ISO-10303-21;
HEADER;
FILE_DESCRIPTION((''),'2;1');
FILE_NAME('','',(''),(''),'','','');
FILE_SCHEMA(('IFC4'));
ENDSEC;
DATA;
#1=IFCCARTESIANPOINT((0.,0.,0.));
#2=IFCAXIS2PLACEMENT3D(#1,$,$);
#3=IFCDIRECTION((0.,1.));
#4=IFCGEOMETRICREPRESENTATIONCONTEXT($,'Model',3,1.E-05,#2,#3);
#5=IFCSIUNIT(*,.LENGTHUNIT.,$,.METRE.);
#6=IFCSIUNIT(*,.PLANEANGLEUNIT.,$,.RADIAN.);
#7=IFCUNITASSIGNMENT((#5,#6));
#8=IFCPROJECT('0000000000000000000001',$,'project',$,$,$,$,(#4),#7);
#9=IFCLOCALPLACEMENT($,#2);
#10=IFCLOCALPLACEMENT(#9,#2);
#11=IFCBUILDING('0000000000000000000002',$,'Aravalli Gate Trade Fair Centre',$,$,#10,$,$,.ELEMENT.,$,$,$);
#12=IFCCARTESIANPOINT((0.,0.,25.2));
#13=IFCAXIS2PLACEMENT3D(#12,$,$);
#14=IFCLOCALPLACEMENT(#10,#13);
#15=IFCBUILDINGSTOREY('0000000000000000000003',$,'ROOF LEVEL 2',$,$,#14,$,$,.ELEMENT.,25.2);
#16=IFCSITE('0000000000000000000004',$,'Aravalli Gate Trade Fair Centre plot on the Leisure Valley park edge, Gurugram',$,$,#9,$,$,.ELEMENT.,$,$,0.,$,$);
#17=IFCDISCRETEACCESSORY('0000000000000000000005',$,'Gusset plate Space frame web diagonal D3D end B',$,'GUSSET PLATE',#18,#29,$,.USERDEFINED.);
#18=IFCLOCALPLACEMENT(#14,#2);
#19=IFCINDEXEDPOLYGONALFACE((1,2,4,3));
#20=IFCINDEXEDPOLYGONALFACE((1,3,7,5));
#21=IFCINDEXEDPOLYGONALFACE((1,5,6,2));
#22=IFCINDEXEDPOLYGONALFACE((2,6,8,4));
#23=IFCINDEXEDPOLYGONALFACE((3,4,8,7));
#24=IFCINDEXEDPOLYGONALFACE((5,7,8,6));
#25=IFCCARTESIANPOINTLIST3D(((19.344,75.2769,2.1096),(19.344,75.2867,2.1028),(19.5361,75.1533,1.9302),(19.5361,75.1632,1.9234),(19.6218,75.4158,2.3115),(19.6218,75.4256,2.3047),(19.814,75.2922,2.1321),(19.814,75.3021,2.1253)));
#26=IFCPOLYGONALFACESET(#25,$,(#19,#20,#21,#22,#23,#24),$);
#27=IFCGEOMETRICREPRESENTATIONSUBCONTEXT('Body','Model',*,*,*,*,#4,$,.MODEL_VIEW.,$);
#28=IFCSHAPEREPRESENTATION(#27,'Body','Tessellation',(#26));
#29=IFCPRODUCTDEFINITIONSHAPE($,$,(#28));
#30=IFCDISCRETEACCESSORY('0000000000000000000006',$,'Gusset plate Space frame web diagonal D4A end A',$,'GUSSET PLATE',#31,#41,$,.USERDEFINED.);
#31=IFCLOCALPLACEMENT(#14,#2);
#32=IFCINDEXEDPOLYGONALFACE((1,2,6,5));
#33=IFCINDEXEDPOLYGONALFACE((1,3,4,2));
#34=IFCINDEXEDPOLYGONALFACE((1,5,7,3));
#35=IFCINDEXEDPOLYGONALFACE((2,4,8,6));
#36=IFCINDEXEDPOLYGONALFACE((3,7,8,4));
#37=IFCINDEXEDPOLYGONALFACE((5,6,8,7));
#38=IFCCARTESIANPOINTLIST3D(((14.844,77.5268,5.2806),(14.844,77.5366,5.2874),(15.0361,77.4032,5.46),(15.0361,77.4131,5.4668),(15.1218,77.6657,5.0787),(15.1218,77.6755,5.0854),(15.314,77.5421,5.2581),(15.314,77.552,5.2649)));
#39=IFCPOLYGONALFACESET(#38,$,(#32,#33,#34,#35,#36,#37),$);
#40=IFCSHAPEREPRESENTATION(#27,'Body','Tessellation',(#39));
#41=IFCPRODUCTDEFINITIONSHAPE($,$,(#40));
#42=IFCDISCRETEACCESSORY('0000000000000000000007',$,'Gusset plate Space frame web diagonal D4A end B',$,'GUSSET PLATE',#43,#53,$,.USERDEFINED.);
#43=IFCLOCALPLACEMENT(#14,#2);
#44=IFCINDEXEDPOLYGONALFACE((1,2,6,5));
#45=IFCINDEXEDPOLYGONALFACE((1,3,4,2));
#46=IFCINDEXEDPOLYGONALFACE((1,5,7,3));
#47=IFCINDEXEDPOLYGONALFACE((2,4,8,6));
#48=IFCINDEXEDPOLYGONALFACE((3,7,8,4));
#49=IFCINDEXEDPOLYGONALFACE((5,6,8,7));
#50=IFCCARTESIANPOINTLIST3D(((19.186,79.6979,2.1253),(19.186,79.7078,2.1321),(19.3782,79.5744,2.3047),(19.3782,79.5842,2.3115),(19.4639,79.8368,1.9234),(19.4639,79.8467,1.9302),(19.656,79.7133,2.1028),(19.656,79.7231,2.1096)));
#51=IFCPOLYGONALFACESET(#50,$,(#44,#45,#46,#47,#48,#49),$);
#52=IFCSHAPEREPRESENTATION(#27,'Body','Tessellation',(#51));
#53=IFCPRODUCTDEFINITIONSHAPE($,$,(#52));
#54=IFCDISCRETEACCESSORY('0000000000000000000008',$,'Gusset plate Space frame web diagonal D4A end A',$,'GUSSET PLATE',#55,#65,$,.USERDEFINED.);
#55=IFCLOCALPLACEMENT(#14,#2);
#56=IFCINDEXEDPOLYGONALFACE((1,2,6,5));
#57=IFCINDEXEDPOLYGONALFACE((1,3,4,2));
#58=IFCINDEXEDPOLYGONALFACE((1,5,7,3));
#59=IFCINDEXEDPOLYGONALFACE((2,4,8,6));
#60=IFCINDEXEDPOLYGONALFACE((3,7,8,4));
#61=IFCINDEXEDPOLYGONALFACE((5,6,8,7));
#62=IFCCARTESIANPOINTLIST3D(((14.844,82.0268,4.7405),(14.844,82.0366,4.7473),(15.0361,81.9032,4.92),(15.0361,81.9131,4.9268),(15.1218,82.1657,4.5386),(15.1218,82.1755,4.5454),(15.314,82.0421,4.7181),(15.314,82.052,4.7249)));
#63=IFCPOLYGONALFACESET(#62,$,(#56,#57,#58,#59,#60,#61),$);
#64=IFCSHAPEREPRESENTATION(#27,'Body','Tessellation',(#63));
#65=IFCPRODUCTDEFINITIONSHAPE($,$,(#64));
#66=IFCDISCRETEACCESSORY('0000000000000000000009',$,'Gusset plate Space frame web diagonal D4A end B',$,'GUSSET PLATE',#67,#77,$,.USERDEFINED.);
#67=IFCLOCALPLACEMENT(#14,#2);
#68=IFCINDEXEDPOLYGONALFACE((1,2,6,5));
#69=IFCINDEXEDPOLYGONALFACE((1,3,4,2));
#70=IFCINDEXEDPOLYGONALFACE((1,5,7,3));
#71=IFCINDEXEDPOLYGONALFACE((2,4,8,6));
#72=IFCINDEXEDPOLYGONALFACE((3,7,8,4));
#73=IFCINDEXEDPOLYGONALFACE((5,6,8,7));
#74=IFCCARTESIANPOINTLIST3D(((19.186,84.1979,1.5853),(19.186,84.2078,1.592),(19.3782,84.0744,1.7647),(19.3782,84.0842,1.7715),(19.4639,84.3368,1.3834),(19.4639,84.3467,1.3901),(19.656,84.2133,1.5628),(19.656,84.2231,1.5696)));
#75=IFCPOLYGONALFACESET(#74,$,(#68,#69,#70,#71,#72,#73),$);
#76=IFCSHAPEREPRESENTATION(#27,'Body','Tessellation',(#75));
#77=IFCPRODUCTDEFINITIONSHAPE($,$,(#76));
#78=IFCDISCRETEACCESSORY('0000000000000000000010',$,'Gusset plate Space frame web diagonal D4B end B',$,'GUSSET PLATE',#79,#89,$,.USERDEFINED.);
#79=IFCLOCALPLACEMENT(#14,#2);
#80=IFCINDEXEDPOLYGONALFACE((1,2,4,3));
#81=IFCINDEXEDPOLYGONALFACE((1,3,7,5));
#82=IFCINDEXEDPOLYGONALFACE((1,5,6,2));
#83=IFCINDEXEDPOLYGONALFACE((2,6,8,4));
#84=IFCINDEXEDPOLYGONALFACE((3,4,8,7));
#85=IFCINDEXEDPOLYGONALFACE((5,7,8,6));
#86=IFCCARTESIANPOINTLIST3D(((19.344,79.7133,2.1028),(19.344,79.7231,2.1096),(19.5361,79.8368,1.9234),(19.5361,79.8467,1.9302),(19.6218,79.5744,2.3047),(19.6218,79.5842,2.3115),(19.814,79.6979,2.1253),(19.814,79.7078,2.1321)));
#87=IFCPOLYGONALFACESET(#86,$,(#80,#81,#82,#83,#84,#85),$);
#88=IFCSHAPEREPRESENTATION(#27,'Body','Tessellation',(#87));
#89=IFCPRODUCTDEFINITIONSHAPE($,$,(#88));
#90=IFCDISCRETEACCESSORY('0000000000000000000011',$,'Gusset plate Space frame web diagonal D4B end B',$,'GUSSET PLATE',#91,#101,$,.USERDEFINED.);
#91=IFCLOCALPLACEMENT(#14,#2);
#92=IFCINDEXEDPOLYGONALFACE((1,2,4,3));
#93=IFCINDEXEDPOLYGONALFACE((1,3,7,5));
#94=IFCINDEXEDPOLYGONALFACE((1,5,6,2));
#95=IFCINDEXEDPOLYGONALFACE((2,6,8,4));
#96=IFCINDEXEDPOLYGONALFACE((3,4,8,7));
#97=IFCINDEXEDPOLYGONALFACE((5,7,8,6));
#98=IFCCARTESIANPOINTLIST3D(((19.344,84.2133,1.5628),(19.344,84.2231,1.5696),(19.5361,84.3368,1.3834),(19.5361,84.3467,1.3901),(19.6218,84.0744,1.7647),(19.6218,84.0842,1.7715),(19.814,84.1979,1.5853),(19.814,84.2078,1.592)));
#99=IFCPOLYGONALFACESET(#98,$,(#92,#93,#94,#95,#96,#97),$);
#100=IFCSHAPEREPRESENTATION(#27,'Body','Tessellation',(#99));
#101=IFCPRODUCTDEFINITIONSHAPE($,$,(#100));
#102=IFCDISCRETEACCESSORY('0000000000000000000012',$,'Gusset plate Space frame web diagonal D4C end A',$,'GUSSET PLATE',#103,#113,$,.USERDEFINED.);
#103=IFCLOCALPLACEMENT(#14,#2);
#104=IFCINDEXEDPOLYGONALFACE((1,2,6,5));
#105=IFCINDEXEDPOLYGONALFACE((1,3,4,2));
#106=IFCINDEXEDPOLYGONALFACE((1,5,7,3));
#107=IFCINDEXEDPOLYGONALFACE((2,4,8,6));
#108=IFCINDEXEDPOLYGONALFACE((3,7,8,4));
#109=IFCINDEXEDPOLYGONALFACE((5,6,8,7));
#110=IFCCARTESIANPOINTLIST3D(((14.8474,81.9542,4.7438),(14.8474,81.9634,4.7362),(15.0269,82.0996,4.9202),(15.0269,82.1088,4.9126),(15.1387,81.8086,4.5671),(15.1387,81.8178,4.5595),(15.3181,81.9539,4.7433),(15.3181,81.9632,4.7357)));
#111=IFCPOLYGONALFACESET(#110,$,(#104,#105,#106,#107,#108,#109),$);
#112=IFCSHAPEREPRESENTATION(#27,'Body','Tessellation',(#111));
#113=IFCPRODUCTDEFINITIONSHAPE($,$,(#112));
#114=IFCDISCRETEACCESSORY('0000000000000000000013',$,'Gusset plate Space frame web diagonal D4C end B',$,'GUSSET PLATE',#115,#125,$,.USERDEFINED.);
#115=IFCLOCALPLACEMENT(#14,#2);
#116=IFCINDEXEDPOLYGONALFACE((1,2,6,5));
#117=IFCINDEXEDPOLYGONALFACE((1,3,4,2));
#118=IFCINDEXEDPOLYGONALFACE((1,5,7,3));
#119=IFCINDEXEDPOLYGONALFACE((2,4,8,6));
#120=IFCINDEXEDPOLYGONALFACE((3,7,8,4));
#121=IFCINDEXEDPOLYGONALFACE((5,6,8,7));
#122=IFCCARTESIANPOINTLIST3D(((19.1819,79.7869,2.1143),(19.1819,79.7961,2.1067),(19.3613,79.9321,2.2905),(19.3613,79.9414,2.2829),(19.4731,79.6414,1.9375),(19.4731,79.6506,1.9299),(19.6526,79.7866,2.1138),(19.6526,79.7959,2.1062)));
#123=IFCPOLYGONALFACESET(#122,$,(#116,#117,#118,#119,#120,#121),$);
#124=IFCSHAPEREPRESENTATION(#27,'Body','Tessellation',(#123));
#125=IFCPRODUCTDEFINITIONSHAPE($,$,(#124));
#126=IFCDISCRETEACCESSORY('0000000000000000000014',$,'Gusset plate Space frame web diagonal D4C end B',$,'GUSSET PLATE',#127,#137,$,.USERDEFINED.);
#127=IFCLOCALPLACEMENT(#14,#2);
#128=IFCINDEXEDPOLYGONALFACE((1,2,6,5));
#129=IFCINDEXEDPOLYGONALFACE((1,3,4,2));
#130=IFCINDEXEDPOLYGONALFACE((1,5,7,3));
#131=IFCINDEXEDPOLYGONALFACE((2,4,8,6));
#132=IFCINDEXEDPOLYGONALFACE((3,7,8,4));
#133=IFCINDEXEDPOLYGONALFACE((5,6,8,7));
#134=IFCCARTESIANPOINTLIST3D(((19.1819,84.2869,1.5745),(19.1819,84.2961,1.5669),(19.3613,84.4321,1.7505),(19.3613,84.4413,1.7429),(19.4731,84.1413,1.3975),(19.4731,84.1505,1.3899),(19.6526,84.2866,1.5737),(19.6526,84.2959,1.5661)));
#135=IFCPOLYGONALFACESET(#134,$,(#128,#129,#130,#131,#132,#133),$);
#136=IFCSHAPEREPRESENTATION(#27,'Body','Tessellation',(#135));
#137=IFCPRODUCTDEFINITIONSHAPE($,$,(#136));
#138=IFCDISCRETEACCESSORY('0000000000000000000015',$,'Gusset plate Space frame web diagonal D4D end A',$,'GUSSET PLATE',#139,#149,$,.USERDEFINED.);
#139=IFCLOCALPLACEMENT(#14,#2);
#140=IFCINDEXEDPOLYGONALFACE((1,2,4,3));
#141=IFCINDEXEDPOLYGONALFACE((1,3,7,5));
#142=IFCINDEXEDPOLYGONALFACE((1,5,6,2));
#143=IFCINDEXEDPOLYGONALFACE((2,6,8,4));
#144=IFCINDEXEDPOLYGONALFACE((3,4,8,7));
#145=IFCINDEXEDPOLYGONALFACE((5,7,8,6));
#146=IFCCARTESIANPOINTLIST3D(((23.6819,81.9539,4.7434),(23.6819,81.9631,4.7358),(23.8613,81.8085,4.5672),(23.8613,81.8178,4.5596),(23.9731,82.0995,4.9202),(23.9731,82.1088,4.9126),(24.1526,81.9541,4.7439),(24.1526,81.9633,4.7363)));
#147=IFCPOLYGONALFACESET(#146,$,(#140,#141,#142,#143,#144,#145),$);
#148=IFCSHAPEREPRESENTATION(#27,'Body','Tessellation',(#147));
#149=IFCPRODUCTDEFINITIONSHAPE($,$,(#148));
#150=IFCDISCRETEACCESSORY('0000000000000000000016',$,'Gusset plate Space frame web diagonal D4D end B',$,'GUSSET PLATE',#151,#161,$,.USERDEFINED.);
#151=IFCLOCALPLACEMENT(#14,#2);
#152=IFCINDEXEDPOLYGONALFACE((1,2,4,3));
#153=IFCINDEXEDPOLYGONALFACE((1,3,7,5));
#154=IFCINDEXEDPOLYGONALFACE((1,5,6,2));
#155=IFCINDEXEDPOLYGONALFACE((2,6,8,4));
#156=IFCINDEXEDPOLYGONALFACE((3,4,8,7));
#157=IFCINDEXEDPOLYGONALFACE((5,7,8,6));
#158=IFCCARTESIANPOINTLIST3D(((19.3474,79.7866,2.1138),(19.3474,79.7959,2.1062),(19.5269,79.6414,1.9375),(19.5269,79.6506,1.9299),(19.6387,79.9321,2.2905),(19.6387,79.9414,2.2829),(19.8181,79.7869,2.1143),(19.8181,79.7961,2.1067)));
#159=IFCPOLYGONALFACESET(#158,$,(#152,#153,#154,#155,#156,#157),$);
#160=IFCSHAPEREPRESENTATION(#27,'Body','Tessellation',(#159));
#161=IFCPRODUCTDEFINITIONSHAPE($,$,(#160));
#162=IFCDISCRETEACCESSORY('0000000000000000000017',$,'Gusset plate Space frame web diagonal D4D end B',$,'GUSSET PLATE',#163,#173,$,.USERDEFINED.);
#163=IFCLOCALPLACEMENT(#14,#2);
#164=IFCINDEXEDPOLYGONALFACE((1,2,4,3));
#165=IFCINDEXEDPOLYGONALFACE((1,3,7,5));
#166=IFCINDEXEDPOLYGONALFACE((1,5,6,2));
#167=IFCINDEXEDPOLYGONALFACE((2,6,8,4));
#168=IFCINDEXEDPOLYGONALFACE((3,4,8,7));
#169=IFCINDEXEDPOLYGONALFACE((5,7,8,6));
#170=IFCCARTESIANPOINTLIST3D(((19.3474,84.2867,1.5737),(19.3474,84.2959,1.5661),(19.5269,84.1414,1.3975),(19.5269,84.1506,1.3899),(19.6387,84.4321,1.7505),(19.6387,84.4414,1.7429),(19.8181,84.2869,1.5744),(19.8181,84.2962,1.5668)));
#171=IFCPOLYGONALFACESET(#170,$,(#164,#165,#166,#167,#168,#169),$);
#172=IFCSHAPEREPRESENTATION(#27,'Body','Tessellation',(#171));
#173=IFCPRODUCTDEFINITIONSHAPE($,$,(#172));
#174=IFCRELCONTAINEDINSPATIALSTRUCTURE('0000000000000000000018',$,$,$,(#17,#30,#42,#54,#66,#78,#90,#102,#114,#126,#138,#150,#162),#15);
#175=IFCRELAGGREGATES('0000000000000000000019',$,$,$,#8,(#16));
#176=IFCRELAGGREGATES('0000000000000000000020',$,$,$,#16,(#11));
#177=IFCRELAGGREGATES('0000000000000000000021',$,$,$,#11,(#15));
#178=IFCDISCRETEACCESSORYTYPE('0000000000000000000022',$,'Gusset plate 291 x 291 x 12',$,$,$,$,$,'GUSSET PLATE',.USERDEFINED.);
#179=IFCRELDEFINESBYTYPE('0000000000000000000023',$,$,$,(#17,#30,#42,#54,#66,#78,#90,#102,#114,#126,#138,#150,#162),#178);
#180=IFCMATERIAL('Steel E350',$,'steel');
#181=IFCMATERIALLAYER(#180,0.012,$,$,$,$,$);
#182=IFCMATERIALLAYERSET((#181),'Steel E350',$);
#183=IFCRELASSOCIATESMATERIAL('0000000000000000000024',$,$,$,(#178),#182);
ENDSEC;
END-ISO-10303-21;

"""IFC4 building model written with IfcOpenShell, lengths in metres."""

from ifc_helpers import new_model, si_unit, direction, frame, origin, place, context, subcontext, project, spatial, polyline, outline, extrude, material, layer, layer_set, type_object, element, save


model = new_model("IFC4")

# Units and contexts
model_context = context("Model", 3, precision=1e-05, world=origin(), true_north=direction((0.0, 1.0)))
body_context = subcontext(model_context, "Body", "Model", "MODEL_VIEW")
ifc_project = project(units=[si_unit("LENGTHUNIT", "METRE"), si_unit("PLANEANGLEUNIT", "RADIAN")], contexts=[model_context])

# Site, building, storey
site_placement = place(None, origin())
site = spatial("IfcSite", under=ifc_project, at=site_placement, Name="Aravalli Gate Trade Fair Centre plot on the Leisure Valley park edge, Gurugram", CompositionType="ELEMENT", RefElevation=0.0)
building_placement = place(site_placement, origin())
building = spatial("IfcBuilding", under=site, at=building_placement, Name="Aravalli Gate Trade Fair Centre", CompositionType="ELEMENT")
storey_placement = place(building_placement, frame((0.0, 0.0, 25.2)))
storey = spatial("IfcBuildingStorey", under=building, at=storey_placement, Name="ROOF LEVEL 2", CompositionType="ELEMENT", Elevation=25.2)

# Shared definitions
ifc_material = material(Name="Steel E350", Category="steel")

# Discrete accessories
ifc_layer = layer(ifc_material, 0.012)
ifc_layer_set = layer_set([ifc_layer], Name="Steel E350")
discrete_accessory_type = type_object("IfcDiscreteAccessoryType", Name="Gusset plate 291 x 291 x 12", ElementType="GUSSET PLATE", PredefinedType="USERDEFINED", material=ifc_layer_set)
for number, where, z_axis, x_axis, name in (
    (1, (19.6218, 75.4158, 2.3115), (-0.000137, -0.82375, 0.566952), (-0.749929, -0.374965, -0.544984), "Gusset plate Space frame web diagonal D3D end B"),
    (2, (15.1218, 77.6755, 5.0854), (0.000137, 0.82375, 0.566952), (-0.749929, -0.374965, 0.544984), "Gusset plate Space frame web diagonal D4A end A"),
):
    element("IfcDiscreteAccessory", number, at=place(storey_placement, frame(where, z_axis=z_axis, x_axis=x_axis)), inside=storey, type_object=discrete_accessory_type, Name=name, ObjectType="GUSSET PLATE", PredefinedType="USERDEFINED", context=body_context, shape_type="SweptSolid", body=[
        extrude(outline(polyline([(0.0, 0.0), (0.3705, 0.0), (0.3705, 0.2905), (0.0, 0.2905), (0.0, 0.0)])), origin(), (0.0, 0.0, -1.0), 0.012),
    ])
discrete_accessory_1_placement = place(storey_placement, frame((19.186, 79.7078, 2.1321), z_axis=(0.000137, 0.82375, 0.566952), x_axis=(0.749929, 0.374965, -0.544984)))
element("IfcDiscreteAccessory", 3, at=discrete_accessory_1_placement, inside=storey, type_object=discrete_accessory_type, Name="Gusset plate Space frame web diagonal D4A end B", ObjectType="GUSSET PLATE", PredefinedType="USERDEFINED", context=body_context, shape_type="SweptSolid", body=[
    extrude(outline(polyline([(0.0, 0.0), (0.3705, 0.0), (0.3705, -0.2905), (0.0, -0.2905), (0.0, 0.0)])), origin(), (0.0, 0.0, -1.0), 0.012),
])
discrete_accessory_2_placement = place(storey_placement, frame((15.1218, 82.1755, 4.5454), z_axis=(0.000137, 0.82375, 0.566952), x_axis=(-0.749929, -0.374965, 0.544984)))
element("IfcDiscreteAccessory", 4, at=discrete_accessory_2_placement, inside=storey, type_object=discrete_accessory_type, Name="Gusset plate Space frame web diagonal D4A end A", ObjectType="GUSSET PLATE", PredefinedType="USERDEFINED", context=body_context, shape_type="SweptSolid", body=[
    extrude(outline(polyline([(0.0, 0.0), (0.3705, 0.0), (0.3705, 0.2905), (0.0, 0.2905), (0.0, 0.0)])), origin(), (0.0, 0.0, -1.0), 0.012),
])
discrete_accessory_3_placement = place(storey_placement, frame((19.186, 84.2078, 1.592), z_axis=(0.000137, 0.82375, 0.566952), x_axis=(0.749929, 0.374965, -0.544984)))
element("IfcDiscreteAccessory", 5, at=discrete_accessory_3_placement, inside=storey, type_object=discrete_accessory_type, Name="Gusset plate Space frame web diagonal D4A end B", ObjectType="GUSSET PLATE", PredefinedType="USERDEFINED", context=body_context, shape_type="SweptSolid", body=[
    extrude(outline(polyline([(0.0, 0.0), (0.3705, 0.0), (0.3705, -0.2905), (0.0, -0.2905), (0.0, 0.0)])), origin(), (0.0, 0.0, -1.0), 0.012),
])
for number, where, z_axis, x_axis, name in (
    (6, (19.6218, 79.5842, 2.3115), (-0.000137, 0.82375, 0.566952), (-0.749929, 0.374965, -0.544984), "Gusset plate Space frame web diagonal D4B end B"),
    (7, (19.6218, 84.0842, 1.7715), (-0.000137, 0.82375, 0.566952), (-0.749929, 0.374965, -0.544984), "Gusset plate Space frame web diagonal D4B end B"),
):
    element("IfcDiscreteAccessory", number, at=place(storey_placement, frame(where, z_axis=z_axis, x_axis=x_axis)), inside=storey, type_object=discrete_accessory_type, Name=name, ObjectType="GUSSET PLATE", PredefinedType="USERDEFINED", context=body_context, shape_type="SweptSolid", body=[
        extrude(outline(polyline([(0.0, 0.0), (0.3705, 0.0), (0.3705, -0.2905), (0.0, -0.2905), (0.0, 0.0)])), origin(), (0.0, 0.0, -1.0), 0.012),
    ])
discrete_accessory_4_placement = place(storey_placement, frame((15.1387, 81.8086, 4.5671), z_axis=(0.00026, -0.771582, 0.63613), x_axis=(-0.78619, 0.392962, 0.476956)))
element("IfcDiscreteAccessory", 8, at=discrete_accessory_4_placement, inside=storey, type_object=discrete_accessory_type, Name="Gusset plate Space frame web diagonal D4C end A", ObjectType="GUSSET PLATE", PredefinedType="USERDEFINED", context=body_context, shape_type="SweptSolid", body=[
    extrude(outline(polyline([(0.0, 0.0), (0.3705, 0.0), (0.3706, -0.2906), (0.0001, -0.2905), (0.0, 0.0)])), origin(), (0.0, 0.0, -1.0), 0.012),
])
discrete_accessory_5_placement = place(storey_placement, frame((19.1819, 79.7869, 2.1143), z_axis=(0.000259, -0.771844, 0.635812), x_axis=(0.78619, -0.392765, -0.477118)))
element("IfcDiscreteAccessory", 9, at=discrete_accessory_5_placement, inside=storey, type_object=discrete_accessory_type, Name="Gusset plate Space frame web diagonal D4C end B", ObjectType="GUSSET PLATE", PredefinedType="USERDEFINED", context=body_context, shape_type="SweptSolid", body=[
    extrude(outline(polyline([(0.0, 0.0), (0.3705, 0.0), (0.3704, 0.2905), (-0.0001, 0.2905), (0.0, 0.0)])), origin(), (0.0, 0.0, -1.0), 0.012),
])
discrete_accessory_6_placement = place(storey_placement, frame((19.1819, 84.2869, 1.5745), z_axis=(0.000589, -0.771792, 0.635874), x_axis=(0.785943, -0.392803, -0.477493)))
element("IfcDiscreteAccessory", 10, at=discrete_accessory_6_placement, inside=storey, type_object=discrete_accessory_type, Name="Gusset plate Space frame web diagonal D4C end B", ObjectType="GUSSET PLATE", PredefinedType="USERDEFINED", context=body_context, shape_type="SweptSolid", body=[
    extrude(outline(polyline([(0.0, 0.0), (0.3706, 0.0), (0.3704, 0.2905), (-0.0001, 0.2903), (0.0, 0.0)])), origin(), (0.0, 0.0, -1.0), 0.012),
])
discrete_accessory_7_placement = place(storey_placement, frame((23.6819, 81.9539, 4.7434), z_axis=(-0.00026, -0.771582, 0.63613), x_axis=(0.785986, 0.393126, 0.477156)))
element("IfcDiscreteAccessory", 11, at=discrete_accessory_7_placement, inside=storey, type_object=discrete_accessory_type, Name="Gusset plate Space frame web diagonal D4D end A", ObjectType="GUSSET PLATE", PredefinedType="USERDEFINED", context=body_context, shape_type="SweptSolid", body=[
    extrude(outline(polyline([(0.0, 0.0), (0.3706, 0.0), (0.3703, -0.2906), (-0.0002, -0.2905), (0.0, 0.0)])), origin(), (0.0, 0.0, -1.0), 0.012),
])
discrete_accessory_8_placement = place(storey_placement, frame((19.6387, 79.9321, 2.2905), z_axis=(-0.000259, -0.771844, 0.635812), x_axis=(-0.78619, -0.392765, -0.477118)))
element("IfcDiscreteAccessory", 12, at=discrete_accessory_8_placement, inside=storey, type_object=discrete_accessory_type, Name="Gusset plate Space frame web diagonal D4D end B", ObjectType="GUSSET PLATE", PredefinedType="USERDEFINED", context=body_context, shape_type="SweptSolid", body=[
    extrude(outline(polyline([(0.0, 0.0), (0.3705, 0.0), (0.3705, 0.2905), (0.0001, 0.2905), (0.0, 0.0)])), origin(), (0.0, 0.0, -1.0), 0.012),
])
discrete_accessory_9_placement = place(storey_placement, frame((19.6387, 84.4321, 1.7505), z_axis=(-0.000589, -0.771792, 0.635874), x_axis=(-0.78619, -0.392604, -0.477251)))
element("IfcDiscreteAccessory", 13, at=discrete_accessory_9_placement, inside=storey, type_object=discrete_accessory_type, Name="Gusset plate Space frame web diagonal D4D end B", ObjectType="GUSSET PLATE", PredefinedType="USERDEFINED", context=body_context, shape_type="SweptSolid", body=[
    extrude(outline(polyline([(0.0, 0.0), (0.3705, 0.0), (0.3705, 0.2905), (0.0, 0.2903), (0.0, 0.0)])), origin(), (0.0, 0.0, -1.0), 0.012),
])

save(model, "model.ifc")
